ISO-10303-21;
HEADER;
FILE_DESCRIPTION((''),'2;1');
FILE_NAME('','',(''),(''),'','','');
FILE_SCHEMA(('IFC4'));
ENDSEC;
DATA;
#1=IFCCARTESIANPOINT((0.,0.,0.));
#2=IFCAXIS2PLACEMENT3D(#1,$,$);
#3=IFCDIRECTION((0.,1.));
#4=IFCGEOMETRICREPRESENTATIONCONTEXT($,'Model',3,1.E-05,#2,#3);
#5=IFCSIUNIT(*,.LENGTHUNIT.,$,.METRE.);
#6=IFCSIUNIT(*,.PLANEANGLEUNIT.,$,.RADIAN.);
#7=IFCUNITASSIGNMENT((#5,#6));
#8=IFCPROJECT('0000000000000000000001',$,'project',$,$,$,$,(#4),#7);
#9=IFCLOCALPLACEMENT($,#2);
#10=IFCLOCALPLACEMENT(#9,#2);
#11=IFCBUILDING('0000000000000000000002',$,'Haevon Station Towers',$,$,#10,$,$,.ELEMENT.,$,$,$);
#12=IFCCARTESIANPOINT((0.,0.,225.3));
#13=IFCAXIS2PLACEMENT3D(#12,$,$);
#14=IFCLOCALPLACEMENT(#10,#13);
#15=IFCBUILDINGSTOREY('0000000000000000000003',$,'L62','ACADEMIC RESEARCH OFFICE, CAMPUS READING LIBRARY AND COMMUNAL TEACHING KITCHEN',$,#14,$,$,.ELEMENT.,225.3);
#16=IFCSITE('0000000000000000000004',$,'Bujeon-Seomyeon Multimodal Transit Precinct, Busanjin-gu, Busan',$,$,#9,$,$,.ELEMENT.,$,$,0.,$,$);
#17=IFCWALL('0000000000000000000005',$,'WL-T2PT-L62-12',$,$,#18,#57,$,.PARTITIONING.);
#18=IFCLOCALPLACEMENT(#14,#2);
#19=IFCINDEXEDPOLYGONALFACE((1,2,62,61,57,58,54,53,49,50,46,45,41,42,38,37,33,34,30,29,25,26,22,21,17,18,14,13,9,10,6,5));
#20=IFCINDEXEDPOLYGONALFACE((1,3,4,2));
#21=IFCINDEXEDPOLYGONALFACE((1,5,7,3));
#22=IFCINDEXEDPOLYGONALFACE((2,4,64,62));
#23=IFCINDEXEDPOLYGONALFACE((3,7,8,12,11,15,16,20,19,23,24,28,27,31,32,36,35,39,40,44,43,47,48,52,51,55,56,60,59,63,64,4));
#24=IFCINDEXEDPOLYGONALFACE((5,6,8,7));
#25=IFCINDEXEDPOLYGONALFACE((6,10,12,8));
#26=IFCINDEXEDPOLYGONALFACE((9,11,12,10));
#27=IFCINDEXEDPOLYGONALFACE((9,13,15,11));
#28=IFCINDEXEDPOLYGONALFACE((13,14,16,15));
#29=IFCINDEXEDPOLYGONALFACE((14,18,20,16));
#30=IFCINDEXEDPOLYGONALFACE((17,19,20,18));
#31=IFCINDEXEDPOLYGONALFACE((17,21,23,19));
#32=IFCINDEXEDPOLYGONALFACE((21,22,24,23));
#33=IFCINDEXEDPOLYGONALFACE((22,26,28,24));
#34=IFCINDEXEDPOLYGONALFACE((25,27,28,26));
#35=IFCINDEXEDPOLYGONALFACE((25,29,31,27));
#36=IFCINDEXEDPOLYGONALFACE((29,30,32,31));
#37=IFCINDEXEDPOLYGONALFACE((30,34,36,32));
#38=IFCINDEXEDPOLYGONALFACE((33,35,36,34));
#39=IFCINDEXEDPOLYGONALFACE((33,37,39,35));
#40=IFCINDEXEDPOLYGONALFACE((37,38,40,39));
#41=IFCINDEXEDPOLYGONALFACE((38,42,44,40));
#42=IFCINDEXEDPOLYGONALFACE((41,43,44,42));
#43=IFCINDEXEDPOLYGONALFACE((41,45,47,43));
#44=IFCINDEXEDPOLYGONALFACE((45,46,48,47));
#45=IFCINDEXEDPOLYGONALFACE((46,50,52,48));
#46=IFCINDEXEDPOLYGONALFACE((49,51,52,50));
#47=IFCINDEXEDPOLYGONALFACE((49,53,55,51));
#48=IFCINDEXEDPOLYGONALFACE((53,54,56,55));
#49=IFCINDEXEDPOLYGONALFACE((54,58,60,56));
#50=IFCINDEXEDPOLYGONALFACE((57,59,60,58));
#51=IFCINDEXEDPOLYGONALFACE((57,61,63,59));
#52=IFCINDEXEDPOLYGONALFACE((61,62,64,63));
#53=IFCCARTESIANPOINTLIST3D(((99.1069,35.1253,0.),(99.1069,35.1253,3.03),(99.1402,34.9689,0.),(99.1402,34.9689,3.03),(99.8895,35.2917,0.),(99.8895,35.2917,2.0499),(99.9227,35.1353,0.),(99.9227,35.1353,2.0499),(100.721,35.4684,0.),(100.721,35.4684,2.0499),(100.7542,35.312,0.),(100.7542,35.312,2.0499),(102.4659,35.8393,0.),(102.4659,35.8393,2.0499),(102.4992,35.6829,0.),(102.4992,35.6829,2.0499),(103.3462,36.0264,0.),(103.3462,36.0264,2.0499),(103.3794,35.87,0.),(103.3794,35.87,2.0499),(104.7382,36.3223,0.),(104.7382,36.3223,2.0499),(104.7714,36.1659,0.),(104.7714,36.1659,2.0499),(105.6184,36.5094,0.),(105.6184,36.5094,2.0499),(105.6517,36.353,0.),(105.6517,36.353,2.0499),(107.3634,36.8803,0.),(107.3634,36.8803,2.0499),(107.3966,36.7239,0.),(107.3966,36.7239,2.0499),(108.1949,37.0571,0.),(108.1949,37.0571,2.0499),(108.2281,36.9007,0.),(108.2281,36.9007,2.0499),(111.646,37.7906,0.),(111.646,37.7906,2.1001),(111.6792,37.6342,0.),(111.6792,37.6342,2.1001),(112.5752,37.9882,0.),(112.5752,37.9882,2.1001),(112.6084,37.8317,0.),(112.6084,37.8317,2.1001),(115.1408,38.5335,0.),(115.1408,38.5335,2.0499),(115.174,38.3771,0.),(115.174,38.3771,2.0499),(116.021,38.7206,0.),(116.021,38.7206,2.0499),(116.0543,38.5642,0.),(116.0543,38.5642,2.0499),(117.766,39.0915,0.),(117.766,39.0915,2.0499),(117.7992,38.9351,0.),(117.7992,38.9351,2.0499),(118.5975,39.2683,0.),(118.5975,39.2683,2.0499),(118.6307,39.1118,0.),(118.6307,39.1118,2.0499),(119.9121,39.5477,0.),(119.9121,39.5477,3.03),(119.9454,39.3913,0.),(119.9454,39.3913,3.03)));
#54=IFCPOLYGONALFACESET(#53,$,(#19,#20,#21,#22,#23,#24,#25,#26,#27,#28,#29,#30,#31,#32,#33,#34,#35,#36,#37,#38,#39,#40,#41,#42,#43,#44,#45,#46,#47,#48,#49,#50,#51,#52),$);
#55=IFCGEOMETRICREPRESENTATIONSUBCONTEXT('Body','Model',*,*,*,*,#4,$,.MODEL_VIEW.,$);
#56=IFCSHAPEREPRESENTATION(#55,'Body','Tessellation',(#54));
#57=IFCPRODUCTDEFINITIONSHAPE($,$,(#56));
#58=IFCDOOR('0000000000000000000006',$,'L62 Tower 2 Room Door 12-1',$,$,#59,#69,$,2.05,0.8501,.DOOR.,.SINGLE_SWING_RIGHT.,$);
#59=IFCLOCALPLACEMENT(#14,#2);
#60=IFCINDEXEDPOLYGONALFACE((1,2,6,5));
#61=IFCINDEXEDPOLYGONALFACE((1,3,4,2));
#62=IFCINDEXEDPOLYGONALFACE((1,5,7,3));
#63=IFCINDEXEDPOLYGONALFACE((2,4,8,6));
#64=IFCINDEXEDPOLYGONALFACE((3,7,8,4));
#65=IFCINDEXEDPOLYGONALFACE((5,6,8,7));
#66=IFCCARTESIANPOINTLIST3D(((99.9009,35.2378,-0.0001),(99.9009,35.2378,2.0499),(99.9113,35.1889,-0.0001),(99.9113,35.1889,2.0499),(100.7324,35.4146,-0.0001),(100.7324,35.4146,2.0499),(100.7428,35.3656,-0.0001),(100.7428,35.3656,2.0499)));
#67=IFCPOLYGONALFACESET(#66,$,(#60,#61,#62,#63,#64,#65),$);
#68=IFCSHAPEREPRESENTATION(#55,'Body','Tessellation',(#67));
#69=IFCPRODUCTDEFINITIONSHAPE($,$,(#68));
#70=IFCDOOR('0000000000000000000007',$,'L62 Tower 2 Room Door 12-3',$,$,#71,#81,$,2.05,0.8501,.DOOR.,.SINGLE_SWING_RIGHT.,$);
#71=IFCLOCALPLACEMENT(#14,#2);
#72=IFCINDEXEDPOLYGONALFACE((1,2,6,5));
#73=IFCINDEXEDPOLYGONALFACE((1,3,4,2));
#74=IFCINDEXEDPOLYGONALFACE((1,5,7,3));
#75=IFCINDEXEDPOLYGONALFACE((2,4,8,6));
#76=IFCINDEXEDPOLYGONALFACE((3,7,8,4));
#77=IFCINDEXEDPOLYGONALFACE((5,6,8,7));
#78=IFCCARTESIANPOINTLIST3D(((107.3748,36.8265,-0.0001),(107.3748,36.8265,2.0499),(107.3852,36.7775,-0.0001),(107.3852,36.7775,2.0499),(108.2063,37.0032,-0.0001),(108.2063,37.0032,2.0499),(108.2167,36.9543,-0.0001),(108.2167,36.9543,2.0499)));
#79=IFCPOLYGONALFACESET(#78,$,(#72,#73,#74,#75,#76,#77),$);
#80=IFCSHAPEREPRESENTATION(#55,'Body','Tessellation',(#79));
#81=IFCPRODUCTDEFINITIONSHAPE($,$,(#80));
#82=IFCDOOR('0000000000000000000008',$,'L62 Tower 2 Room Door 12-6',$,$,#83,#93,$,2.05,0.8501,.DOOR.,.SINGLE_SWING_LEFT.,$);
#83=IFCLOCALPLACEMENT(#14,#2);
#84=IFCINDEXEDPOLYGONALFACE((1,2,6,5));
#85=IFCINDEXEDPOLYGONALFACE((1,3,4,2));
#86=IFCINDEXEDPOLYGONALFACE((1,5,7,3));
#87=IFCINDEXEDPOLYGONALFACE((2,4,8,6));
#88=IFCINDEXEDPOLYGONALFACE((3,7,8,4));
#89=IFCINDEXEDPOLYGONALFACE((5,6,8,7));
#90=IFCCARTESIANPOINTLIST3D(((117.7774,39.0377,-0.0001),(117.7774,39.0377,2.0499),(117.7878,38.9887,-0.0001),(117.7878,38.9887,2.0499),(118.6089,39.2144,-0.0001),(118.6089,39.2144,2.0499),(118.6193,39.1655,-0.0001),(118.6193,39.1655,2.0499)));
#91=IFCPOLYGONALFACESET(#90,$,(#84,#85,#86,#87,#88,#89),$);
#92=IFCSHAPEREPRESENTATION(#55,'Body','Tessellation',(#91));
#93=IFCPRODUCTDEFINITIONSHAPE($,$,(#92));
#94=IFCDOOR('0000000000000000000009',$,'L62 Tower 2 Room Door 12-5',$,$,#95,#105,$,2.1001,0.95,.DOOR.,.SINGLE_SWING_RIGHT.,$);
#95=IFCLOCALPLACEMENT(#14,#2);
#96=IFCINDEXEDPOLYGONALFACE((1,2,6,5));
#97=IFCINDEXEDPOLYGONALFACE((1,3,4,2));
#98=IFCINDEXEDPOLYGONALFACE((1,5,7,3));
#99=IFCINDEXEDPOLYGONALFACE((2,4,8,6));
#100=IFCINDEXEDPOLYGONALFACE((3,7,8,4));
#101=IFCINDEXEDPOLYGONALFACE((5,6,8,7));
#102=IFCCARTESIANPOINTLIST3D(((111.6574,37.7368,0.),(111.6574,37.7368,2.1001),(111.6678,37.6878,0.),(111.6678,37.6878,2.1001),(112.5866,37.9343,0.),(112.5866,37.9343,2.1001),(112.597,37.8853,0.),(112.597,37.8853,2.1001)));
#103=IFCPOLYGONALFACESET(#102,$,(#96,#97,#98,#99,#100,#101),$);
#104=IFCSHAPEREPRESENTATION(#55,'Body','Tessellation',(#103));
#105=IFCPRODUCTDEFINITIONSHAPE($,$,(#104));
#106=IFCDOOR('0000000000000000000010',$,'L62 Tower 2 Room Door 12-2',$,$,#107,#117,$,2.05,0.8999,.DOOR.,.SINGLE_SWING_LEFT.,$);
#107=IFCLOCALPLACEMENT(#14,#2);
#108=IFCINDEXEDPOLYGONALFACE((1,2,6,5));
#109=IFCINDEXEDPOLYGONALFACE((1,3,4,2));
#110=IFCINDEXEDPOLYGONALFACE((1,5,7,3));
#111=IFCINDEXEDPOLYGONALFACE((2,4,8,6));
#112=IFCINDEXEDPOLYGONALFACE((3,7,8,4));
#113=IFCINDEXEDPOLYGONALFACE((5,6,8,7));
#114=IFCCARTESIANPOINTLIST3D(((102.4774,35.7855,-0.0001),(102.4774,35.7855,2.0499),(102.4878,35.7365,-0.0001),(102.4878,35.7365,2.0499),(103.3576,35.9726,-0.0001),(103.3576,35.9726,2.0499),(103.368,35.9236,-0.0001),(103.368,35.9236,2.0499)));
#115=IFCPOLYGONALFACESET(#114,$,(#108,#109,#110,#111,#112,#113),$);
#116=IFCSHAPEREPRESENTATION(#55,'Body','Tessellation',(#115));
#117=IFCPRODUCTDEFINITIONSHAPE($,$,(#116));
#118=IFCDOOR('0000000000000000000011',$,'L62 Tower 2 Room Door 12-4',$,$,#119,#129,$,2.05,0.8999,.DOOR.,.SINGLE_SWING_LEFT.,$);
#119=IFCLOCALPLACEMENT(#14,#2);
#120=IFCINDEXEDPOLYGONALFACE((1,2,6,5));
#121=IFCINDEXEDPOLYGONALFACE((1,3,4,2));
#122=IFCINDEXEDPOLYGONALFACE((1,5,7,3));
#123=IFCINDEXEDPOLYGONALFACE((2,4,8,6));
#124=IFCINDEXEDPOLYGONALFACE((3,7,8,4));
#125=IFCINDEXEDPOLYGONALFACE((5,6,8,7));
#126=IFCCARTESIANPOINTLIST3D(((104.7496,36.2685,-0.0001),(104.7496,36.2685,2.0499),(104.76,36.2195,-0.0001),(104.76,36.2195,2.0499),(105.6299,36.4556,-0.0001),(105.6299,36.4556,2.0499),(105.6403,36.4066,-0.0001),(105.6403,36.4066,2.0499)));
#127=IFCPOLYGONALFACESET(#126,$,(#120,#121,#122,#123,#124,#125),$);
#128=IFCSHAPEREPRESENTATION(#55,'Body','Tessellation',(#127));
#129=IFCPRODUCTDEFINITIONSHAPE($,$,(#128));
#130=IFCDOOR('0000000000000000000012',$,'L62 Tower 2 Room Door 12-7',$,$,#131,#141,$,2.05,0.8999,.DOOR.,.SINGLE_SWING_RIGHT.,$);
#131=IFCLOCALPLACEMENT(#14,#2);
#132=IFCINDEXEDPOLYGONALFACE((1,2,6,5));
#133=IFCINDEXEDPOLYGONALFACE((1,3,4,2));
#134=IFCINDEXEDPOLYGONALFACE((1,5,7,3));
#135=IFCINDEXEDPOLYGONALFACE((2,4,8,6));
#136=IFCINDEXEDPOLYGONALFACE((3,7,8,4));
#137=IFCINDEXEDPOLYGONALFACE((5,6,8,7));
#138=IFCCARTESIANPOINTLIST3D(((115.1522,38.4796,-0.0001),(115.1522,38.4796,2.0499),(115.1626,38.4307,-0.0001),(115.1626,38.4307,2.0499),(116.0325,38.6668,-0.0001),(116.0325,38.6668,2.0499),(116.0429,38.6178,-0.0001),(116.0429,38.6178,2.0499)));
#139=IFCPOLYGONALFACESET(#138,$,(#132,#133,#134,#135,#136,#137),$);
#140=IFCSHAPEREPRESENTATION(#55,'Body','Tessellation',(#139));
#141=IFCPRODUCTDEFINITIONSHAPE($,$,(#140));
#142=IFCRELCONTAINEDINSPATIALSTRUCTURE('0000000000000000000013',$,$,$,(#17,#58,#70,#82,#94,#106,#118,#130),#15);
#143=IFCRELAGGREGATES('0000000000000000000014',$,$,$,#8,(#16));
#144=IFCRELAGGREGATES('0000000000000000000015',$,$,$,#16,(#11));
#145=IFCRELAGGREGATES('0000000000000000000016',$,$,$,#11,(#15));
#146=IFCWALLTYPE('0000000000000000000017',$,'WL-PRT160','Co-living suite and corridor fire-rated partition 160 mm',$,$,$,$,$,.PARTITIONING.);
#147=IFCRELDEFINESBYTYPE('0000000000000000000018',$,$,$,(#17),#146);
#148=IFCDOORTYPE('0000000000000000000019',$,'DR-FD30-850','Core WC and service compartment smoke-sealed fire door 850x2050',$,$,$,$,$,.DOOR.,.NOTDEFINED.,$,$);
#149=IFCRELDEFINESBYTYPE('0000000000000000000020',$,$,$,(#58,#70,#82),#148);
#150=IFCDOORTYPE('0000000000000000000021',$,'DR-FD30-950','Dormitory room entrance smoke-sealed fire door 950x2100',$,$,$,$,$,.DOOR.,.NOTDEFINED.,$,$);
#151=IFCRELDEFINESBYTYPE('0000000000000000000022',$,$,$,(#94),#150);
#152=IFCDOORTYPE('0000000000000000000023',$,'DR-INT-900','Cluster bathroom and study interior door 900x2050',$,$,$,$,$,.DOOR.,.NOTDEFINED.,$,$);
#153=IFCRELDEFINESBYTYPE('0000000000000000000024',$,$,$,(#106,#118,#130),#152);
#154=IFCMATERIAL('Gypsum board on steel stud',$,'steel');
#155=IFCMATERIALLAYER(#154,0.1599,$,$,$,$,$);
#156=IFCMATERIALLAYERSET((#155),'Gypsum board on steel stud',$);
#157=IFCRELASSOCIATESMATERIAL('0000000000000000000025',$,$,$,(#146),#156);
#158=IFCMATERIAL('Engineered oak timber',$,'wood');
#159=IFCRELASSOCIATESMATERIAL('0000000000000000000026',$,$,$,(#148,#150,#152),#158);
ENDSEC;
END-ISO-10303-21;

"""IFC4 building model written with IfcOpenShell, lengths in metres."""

from ifc_helpers import new_model, si_unit, direction, frame, frame_2d, origin, place, context, subcontext, project, spatial, rectangle, extrude, material, layer, layer_set, type_object, element, fill, save


model = new_model("IFC4")

# Units and contexts
model_context = context("Model", 3, precision=1e-05, world=origin(), true_north=direction((0.0, 1.0)))
body_context = subcontext(model_context, "Body", "Model", "MODEL_VIEW")
ifc_project = project(units=[si_unit("LENGTHUNIT", "METRE"), si_unit("PLANEANGLEUNIT", "RADIAN")], contexts=[model_context])

# Site, building, storey
site_placement = place(None, origin())
site = spatial("IfcSite", under=ifc_project, at=site_placement, Name="Bujeon-Seomyeon Multimodal Transit Precinct, Busanjin-gu, Busan", CompositionType="ELEMENT", RefElevation=0.0)
building_placement = place(site_placement, origin())
building = spatial("IfcBuilding", under=site, at=building_placement, Name="Haevon Station Towers", CompositionType="ELEMENT")
storey_placement = place(building_placement, frame((0.0, 0.0, 225.3)))
storey = spatial("IfcBuildingStorey", under=building, at=storey_placement, Name="L62", Description="ACADEMIC RESEARCH OFFICE, CAMPUS READING LIBRARY AND COMMUNAL TEACHING KITCHEN", CompositionType="ELEMENT", Elevation=225.3)

# Shared definitions
ifc_material_1 = material(Name="Gypsum board on steel stud", Category="steel")

# Wall, openings, doors
ifc_layer_1 = layer(ifc_material_1, 0.1599)
ifc_layer_set_1 = layer_set([ifc_layer_1], Name="Gypsum board on steel stud")
wall_type_1 = type_object("IfcWallType", Name="WL-PRT160", Description="Co-living suite and corridor fire-rated partition 160 mm", PredefinedType="PARTITIONING", material=ifc_layer_set_1)
wall_1_placement = place(storey_placement, frame((99.1235, 35.0471, 0.0), z_axis=(0.0, 0.0, 1.0), x_axis=(0.978147, 0.207916, 0.0)))
wall_1 = element("IfcWall", 1, at=wall_1_placement, inside=storey, type_object=wall_type_1, Name="WL-T2PT-L62-12", PredefinedType="PARTITIONING", context=body_context, shape_type="SweptSolid", body=[
    extrude(rectangle(XDim=21.27, YDim=0.1599, at=frame_2d((10.635, 0.0))), origin(), (0.0, 0.0, 1.0), 3.03),
])
opening_1_placement = place(wall_1_placement, frame((0.8, 0.0, 0.0)))
opening_1 = element("IfcOpeningElement", 2, at=opening_1_placement, cuts=wall_1, PredefinedType="OPENING", context=body_context, shape_type="SweptSolid", body=[
    extrude(rectangle(XDim=0.8501, YDim=2.05, at=frame_2d((0.425, 1.0249))), frame((0.0, 0.0898, 0.0), z_axis=(0.0, -1.0, 0.0), x_axis=(1.0, 0.0, 0.0)), (0.0, 0.0, 1.0), 0.1799),
])
opening_2_placement = place(wall_1_placement, frame((3.4341, 0.0, 0.0)))
opening_2 = element("IfcOpeningElement", 3, at=opening_2_placement, cuts=wall_1, PredefinedType="OPENING", context=body_context, shape_type="SweptSolid", body=[
    extrude(rectangle(XDim=0.8999, YDim=2.05, at=frame_2d((0.45, 1.0249))), frame((0.0, 0.0898, 0.0), z_axis=(0.0, -1.0, 0.0), x_axis=(1.0, 0.0, 0.0)), (0.0, 0.0, 1.0), 0.1799),
])
opening_3_placement = place(wall_1_placement, frame((8.4409, 0.0, 0.0)))
opening_3 = element("IfcOpeningElement", 4, at=opening_3_placement, cuts=wall_1, PredefinedType="OPENING", context=body_context, shape_type="SweptSolid", body=[
    extrude(rectangle(XDim=0.8501, YDim=2.05, at=frame_2d((0.425, 1.0249))), frame((0.0, 0.0898, 0.0), z_axis=(0.0, -1.0, 0.0), x_axis=(1.0, 0.0, 0.0)), (0.0, 0.0, 1.0), 0.1799),
])
opening_4_placement = place(wall_1_placement, frame((5.7571, 0.0, 0.0)))
opening_4 = element("IfcOpeningElement", 5, at=opening_4_placement, cuts=wall_1, PredefinedType="OPENING", context=body_context, shape_type="SweptSolid", body=[
    extrude(rectangle(XDim=0.8999, YDim=2.05, at=frame_2d((0.45, 1.0249))), frame((0.0, 0.0898, 0.0), z_axis=(0.0, -1.0, 0.0), x_axis=(1.0, 0.0, 0.0)), (0.0, 0.0, 1.0), 0.1799),
])
opening_5_placement = place(wall_1_placement, frame((12.8191, 0.0, 0.0)))
opening_5 = element("IfcOpeningElement", 6, at=opening_5_placement, cuts=wall_1, PredefinedType="OPENING", context=body_context, shape_type="SweptSolid", body=[
    extrude(rectangle(XDim=0.95, YDim=2.1001, at=frame_2d((0.4751, 1.05))), frame((0.0, 0.0898, 0.0), z_axis=(0.0, -1.0, 0.0), x_axis=(1.0, 0.0, 0.0)), (0.0, 0.0, 1.0), 0.1799),
])
opening_6_placement = place(wall_1_placement, frame((19.0759, 0.0, 0.0)))
opening_6 = element("IfcOpeningElement", 7, at=opening_6_placement, cuts=wall_1, PredefinedType="OPENING", context=body_context, shape_type="SweptSolid", body=[
    extrude(rectangle(XDim=0.8501, YDim=2.05, at=frame_2d((0.425, 1.0249))), frame((0.0, 0.0898, 0.0), z_axis=(0.0, -1.0, 0.0), x_axis=(1.0, 0.0, 0.0)), (0.0, 0.0, 1.0), 0.1799),
])
opening_7_placement = place(wall_1_placement, frame((16.3921, 0.0, 0.0)))
opening_7 = element("IfcOpeningElement", 8, at=opening_7_placement, cuts=wall_1, PredefinedType="OPENING", context=body_context, shape_type="SweptSolid", body=[
    extrude(rectangle(XDim=0.8999, YDim=2.05, at=frame_2d((0.45, 1.0249))), frame((0.0, 0.0898, 0.0), z_axis=(0.0, -1.0, 0.0), x_axis=(1.0, 0.0, 0.0)), (0.0, 0.0, 1.0), 0.1799),
])
ifc_material_2 = material(Name="Engineered oak timber", Category="wood")
door_type_1 = type_object("IfcDoorType", Name="DR-FD30-850", Description="Core WC and service compartment smoke-sealed fire door 850x2050", OperationType="NOTDEFINED", PredefinedType="DOOR", material=ifc_material_2)
door_1_placement = place(opening_1_placement, origin())
door_1 = element("IfcDoor", 9, at=door_1_placement, inside=storey, type_object=door_type_1, Name="L62 Tower 2 Room Door 12-1", OperationType="SINGLE_SWING_RIGHT", OverallHeight=2.05, OverallWidth=0.8501, PredefinedType="DOOR", context=body_context, shape_type="SweptSolid", body=[
    extrude(rectangle(XDim=0.8501, YDim=2.05, at=frame_2d((0.425, 1.0249))), frame((0.0, 0.0249, 0.0), z_axis=(0.0, -1.0, 0.0), x_axis=(1.0, 0.0, 0.0)), (0.0, 0.0, 1.0), 0.05),
])
fill(opening_1, door_1)
door_2_placement = place(opening_3_placement, origin())
door_2 = element("IfcDoor", 10, at=door_2_placement, inside=storey, type_object=door_type_1, Name="L62 Tower 2 Room Door 12-3", OperationType="SINGLE_SWING_RIGHT", OverallHeight=2.05, OverallWidth=0.8501, PredefinedType="DOOR", context=body_context, shape_type="SweptSolid", body=[
    extrude(rectangle(XDim=0.8501, YDim=2.05, at=frame_2d((0.425, 1.0249))), frame((0.0, 0.0249, 0.0), z_axis=(0.0, -1.0, 0.0), x_axis=(1.0, 0.0, 0.0)), (0.0, 0.0, 1.0), 0.05),
])
fill(opening_3, door_2)
door_3_placement = place(opening_6_placement, origin())
door_3 = element("IfcDoor", 11, at=door_3_placement, inside=storey, type_object=door_type_1, Name="L62 Tower 2 Room Door 12-6", OperationType="SINGLE_SWING_LEFT", OverallHeight=2.05, OverallWidth=0.8501, PredefinedType="DOOR", context=body_context, shape_type="SweptSolid", body=[
    extrude(rectangle(XDim=0.8501, YDim=2.05, at=frame_2d((0.425, 1.0249))), frame((0.0, 0.0249, 0.0), z_axis=(0.0, -1.0, 0.0), x_axis=(1.0, 0.0, 0.0)), (0.0, 0.0, 1.0), 0.05),
])
fill(opening_6, door_3)
door_type_2 = type_object("IfcDoorType", Name="DR-FD30-950", Description="Dormitory room entrance smoke-sealed fire door 950x2100", OperationType="NOTDEFINED", PredefinedType="DOOR", material=ifc_material_2)
door_4_placement = place(opening_5_placement, origin())
door_4 = element("IfcDoor", 12, at=door_4_placement, inside=storey, type_object=door_type_2, Name="L62 Tower 2 Room Door 12-5", OperationType="SINGLE_SWING_RIGHT", OverallHeight=2.1001, OverallWidth=0.95, PredefinedType="DOOR", context=body_context, shape_type="SweptSolid", body=[
    extrude(rectangle(XDim=0.95, YDim=2.1001, at=frame_2d((0.4751, 1.05))), frame((0.0, 0.0249, 0.0), z_axis=(0.0, -1.0, 0.0), x_axis=(1.0, 0.0, 0.0)), (0.0, 0.0, 1.0), 0.05),
])
fill(opening_5, door_4)
door_type_3 = type_object("IfcDoorType", Name="DR-INT-900", Description="Cluster bathroom and study interior door 900x2050", OperationType="NOTDEFINED", PredefinedType="DOOR", material=ifc_material_2)
door_5_placement = place(opening_2_placement, origin())
door_5 = element("IfcDoor", 13, at=door_5_placement, inside=storey, type_object=door_type_3, Name="L62 Tower 2 Room Door 12-2", OperationType="SINGLE_SWING_LEFT", OverallHeight=2.05, OverallWidth=0.8999, PredefinedType="DOOR", context=body_context, shape_type="SweptSolid", body=[
    extrude(rectangle(XDim=0.8999, YDim=2.05, at=frame_2d((0.45, 1.0249))), frame((0.0, 0.0249, 0.0), z_axis=(0.0, -1.0, 0.0), x_axis=(1.0, 0.0, 0.0)), (0.0, 0.0, 1.0), 0.05),
])
fill(opening_2, door_5)
door_6_placement = place(opening_4_placement, origin())
door_6 = element("IfcDoor", 14, at=door_6_placement, inside=storey, type_object=door_type_3, Name="L62 Tower 2 Room Door 12-4", OperationType="SINGLE_SWING_LEFT", OverallHeight=2.05, OverallWidth=0.8999, PredefinedType="DOOR", context=body_context, shape_type="SweptSolid", body=[
    extrude(rectangle(XDim=0.8999, YDim=2.05, at=frame_2d((0.45, 1.0249))), frame((0.0, 0.0249, 0.0), z_axis=(0.0, -1.0, 0.0), x_axis=(1.0, 0.0, 0.0)), (0.0, 0.0, 1.0), 0.05),
])
fill(opening_4, door_6)
door_7_placement = place(opening_7_placement, origin())
door_7 = element("IfcDoor", 15, at=door_7_placement, inside=storey, type_object=door_type_3, Name="L62 Tower 2 Room Door 12-7", OperationType="SINGLE_SWING_RIGHT", OverallHeight=2.05, OverallWidth=0.8999, PredefinedType="DOOR", context=body_context, shape_type="SweptSolid", body=[
    extrude(rectangle(XDim=0.8999, YDim=2.05, at=frame_2d((0.45, 1.0249))), frame((0.0, 0.0249, 0.0), z_axis=(0.0, -1.0, 0.0), x_axis=(1.0, 0.0, 0.0)), (0.0, 0.0, 1.0), 0.05),
])
fill(opening_7, door_7)

save(model, "model.ifc")
